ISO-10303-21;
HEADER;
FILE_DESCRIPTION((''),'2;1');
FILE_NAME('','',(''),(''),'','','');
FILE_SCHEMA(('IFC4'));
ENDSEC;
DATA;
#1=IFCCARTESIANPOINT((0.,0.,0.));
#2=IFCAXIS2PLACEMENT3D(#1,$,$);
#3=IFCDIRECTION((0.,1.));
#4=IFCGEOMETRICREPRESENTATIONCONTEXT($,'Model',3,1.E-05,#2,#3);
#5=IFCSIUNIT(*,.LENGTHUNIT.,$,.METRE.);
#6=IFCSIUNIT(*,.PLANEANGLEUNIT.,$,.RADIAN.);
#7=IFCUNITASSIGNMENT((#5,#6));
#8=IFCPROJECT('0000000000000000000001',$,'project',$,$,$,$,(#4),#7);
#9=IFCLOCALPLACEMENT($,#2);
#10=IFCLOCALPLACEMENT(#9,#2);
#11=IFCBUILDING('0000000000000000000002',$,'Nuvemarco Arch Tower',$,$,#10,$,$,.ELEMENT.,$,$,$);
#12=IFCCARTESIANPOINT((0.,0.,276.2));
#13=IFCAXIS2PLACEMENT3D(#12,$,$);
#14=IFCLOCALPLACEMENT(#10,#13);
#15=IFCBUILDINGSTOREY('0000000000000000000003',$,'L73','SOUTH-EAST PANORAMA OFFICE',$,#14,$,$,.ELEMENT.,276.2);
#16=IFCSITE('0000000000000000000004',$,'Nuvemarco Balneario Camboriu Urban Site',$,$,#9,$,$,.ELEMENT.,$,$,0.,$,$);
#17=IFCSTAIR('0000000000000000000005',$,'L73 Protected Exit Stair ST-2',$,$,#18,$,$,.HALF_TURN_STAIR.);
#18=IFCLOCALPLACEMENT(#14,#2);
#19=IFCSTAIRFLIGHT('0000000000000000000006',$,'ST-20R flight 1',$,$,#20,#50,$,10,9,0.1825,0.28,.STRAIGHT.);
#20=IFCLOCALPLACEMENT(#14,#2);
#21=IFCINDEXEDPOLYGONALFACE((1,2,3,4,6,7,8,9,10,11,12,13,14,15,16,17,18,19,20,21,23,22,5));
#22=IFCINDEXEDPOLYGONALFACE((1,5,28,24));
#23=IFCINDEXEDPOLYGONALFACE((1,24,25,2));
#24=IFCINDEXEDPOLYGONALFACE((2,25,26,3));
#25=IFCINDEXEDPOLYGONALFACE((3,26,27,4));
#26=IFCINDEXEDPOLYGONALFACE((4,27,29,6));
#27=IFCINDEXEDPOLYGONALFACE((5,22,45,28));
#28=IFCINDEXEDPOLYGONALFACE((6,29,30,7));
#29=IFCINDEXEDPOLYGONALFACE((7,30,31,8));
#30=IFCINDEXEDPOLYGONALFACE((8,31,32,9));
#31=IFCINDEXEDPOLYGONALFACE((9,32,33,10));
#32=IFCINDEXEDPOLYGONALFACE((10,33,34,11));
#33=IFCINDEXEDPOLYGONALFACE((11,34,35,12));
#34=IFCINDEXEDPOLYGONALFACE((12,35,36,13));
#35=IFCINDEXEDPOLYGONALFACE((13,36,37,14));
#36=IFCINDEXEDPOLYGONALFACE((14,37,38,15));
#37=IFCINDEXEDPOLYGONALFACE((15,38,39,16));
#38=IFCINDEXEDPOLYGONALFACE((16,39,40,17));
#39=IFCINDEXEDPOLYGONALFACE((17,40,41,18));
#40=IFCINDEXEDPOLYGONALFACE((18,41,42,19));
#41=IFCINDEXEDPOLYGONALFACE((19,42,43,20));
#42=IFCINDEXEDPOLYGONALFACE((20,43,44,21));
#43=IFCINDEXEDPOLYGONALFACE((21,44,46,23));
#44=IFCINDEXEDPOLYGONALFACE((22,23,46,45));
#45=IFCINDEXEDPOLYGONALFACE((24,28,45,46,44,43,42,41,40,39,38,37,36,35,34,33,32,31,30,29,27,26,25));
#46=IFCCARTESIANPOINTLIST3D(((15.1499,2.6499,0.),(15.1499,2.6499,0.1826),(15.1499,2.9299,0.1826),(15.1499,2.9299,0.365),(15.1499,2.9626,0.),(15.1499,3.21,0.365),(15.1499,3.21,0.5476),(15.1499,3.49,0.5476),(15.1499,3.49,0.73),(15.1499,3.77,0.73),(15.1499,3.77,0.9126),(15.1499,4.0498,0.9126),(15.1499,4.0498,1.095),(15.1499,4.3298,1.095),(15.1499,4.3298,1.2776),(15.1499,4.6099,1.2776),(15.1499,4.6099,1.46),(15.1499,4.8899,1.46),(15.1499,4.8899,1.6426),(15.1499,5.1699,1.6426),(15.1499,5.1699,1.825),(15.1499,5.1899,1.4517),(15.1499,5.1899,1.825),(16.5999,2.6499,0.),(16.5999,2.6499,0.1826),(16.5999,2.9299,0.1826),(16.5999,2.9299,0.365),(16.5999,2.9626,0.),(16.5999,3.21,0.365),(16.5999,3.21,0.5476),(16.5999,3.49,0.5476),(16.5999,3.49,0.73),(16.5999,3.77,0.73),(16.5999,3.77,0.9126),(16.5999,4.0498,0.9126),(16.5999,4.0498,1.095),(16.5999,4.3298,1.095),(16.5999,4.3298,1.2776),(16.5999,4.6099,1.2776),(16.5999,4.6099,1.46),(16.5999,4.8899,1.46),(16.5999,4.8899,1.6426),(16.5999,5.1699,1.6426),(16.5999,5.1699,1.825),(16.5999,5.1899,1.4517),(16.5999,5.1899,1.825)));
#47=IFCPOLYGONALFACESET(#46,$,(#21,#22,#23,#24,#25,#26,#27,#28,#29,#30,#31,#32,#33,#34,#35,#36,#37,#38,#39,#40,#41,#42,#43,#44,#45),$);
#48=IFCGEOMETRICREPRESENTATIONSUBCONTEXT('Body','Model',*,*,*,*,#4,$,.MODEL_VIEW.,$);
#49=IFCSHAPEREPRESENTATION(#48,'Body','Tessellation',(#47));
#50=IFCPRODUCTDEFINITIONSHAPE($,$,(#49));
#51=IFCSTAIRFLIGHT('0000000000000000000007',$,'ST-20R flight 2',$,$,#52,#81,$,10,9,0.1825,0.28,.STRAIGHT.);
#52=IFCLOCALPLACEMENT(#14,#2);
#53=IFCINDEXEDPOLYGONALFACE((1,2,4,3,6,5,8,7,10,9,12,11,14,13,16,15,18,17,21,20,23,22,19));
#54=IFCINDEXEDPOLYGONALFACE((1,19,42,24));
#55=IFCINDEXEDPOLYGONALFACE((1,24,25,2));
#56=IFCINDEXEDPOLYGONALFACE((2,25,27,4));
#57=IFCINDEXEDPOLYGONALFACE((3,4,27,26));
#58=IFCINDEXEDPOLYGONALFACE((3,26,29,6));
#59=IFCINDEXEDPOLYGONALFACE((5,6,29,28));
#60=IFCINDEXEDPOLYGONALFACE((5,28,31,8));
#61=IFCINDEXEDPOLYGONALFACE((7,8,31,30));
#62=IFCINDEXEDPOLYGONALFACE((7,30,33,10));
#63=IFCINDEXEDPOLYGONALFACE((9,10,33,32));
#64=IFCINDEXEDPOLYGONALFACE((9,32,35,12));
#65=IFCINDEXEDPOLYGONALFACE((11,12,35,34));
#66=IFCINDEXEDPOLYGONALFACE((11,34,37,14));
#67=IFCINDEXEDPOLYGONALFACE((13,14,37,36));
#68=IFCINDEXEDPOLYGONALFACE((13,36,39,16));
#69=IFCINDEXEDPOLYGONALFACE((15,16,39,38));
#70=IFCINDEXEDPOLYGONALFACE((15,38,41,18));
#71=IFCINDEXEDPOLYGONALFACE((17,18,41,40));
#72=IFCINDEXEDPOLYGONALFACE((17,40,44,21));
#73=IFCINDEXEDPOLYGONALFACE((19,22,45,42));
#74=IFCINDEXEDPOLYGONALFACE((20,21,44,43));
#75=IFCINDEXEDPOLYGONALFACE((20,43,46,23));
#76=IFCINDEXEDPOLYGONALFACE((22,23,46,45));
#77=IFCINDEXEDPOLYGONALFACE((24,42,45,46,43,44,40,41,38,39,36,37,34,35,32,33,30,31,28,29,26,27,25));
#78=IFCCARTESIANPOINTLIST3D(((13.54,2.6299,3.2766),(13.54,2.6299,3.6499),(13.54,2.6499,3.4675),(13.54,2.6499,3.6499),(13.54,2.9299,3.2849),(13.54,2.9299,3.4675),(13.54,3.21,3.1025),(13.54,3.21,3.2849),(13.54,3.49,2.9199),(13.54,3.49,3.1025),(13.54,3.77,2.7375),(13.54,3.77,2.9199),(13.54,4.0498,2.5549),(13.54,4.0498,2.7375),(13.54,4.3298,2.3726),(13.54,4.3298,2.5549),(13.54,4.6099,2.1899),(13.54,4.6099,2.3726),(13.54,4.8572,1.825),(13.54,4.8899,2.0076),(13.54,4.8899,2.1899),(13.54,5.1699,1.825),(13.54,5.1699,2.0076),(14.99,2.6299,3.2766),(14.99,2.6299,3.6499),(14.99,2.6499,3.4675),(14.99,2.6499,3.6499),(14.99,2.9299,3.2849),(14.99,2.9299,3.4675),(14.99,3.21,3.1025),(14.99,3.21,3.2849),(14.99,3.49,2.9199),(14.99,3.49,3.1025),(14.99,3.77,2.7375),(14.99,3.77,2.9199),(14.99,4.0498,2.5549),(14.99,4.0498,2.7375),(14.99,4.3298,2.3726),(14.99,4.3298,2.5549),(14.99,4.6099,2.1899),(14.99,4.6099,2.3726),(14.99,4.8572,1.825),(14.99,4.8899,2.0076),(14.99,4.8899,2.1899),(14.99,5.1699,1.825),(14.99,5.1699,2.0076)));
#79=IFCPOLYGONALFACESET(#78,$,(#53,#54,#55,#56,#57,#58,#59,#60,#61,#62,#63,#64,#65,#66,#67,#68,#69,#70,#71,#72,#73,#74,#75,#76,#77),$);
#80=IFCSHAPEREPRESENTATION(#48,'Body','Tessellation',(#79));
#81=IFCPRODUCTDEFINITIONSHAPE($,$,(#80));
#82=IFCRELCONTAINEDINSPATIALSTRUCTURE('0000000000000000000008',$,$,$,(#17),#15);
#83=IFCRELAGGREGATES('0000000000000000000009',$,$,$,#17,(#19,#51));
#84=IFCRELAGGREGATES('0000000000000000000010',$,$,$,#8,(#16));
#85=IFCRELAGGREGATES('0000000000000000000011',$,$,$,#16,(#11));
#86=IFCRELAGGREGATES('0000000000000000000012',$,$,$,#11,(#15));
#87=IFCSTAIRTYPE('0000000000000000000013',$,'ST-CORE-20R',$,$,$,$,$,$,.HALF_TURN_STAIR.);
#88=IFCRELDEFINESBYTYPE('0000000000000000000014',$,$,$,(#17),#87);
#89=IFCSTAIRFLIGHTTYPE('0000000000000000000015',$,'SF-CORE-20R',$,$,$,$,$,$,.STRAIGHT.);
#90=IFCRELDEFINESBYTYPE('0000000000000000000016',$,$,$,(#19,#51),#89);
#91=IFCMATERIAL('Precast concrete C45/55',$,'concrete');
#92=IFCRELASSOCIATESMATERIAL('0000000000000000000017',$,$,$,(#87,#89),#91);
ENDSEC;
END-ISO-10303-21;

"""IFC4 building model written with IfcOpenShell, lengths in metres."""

from ifc_helpers import new_model, si_unit, direction, frame, origin, place, context, subcontext, project, spatial, polyline, outline, extrude, material, type_object, element, aggregate, save


model = new_model("IFC4")

# Units and contexts
model_context = context("Model", 3, precision=1e-05, world=origin(), true_north=direction((0.0, 1.0)))
body_context = subcontext(model_context, "Body", "Model", "MODEL_VIEW")
ifc_project = project(units=[si_unit("LENGTHUNIT", "METRE"), si_unit("PLANEANGLEUNIT", "RADIAN")], contexts=[model_context])

# Site, building, storey
site_placement = place(None, origin())
site = spatial("IfcSite", under=ifc_project, at=site_placement, Name="Nuvemarco Balneario Camboriu Urban Site", CompositionType="ELEMENT", RefElevation=0.0)
building_placement = place(site_placement, origin())
building = spatial("IfcBuilding", under=site, at=building_placement, Name="Nuvemarco Arch Tower", CompositionType="ELEMENT")
storey_placement = place(building_placement, frame((0.0, 0.0, 276.2)))
storey = spatial("IfcBuildingStorey", under=building, at=storey_placement, Name="L73", Description="SOUTH-EAST PANORAMA OFFICE", CompositionType="ELEMENT", Elevation=276.2)

# Shared definitions
ifc_material_1 = material(Name="Precast concrete C45/55", Category="concrete")

# Stair, stair flights
stair_type = type_object("IfcStairType", Name="ST-CORE-20R", PredefinedType="HALF_TURN_STAIR", material=ifc_material_1)
stair_placement = place(storey_placement, origin())
stair = element("IfcStair", 1, at=stair_placement, inside=storey, type_object=stair_type, Name="L73 Protected Exit Stair ST-2", PredefinedType="HALF_TURN_STAIR")
stair_flight_type = type_object("IfcStairFlightType", Name="SF-CORE-20R", PredefinedType="STRAIGHT", material=ifc_material_1)
stair_flight_1_placement = place(storey_placement, frame((15.875, 2.6499, 0.0), z_axis=(0.0, 0.0, 1.0), x_axis=(0.0, 1.0, 0.0)))
stair_flight_1 = element("IfcStairFlight", 2, at=stair_flight_1_placement, type_object=stair_flight_type, Name="ST-20R flight 1", NumberOfRisers=10, NumberOfTreads=9, PredefinedType="STRAIGHT", RiserHeight=0.1825, TreadLength=0.28, context=body_context, shape_type="SweptSolid", body=[
    extrude(outline(polyline([(0.0, 0.0), (0.0, 0.1826), (0.28, 0.1826), (0.28, 0.365), (0.5601, 0.365), (0.5601, 0.5476), (0.8401, 0.5476), (0.8401, 0.73), (1.1201, 0.73), (1.1201, 0.9126), (1.3999, 0.9126), (1.3999, 1.095), (1.6799, 1.095), (1.6799, 1.2776), (1.96, 1.2776), (1.96, 1.46), (2.24, 1.46), (2.24, 1.6426), (2.52, 1.6426), (2.52, 1.825), (2.54, 1.825), (2.54, 1.4517), (0.3127, 0.0), (0.0, 0.0)])), frame((0.0, 0.7251, 0.0), z_axis=(0.0, -1.0, 0.0), x_axis=(1.0, 0.0, 0.0)), (0.0, 0.0, 1.0), 1.45),
])
stair_flight_2_placement = place(storey_placement, frame((14.2649, 5.1699, 1.825), z_axis=(0.0, 0.0, 1.0), x_axis=(0.0, -1.0, 0.0)))
stair_flight_2 = element("IfcStairFlight", 3, at=stair_flight_2_placement, type_object=stair_flight_type, Name="ST-20R flight 2", NumberOfRisers=10, NumberOfTreads=9, PredefinedType="STRAIGHT", RiserHeight=0.1825, TreadLength=0.28, context=body_context, shape_type="SweptSolid", body=[
    extrude(outline(polyline([(0.0, 0.0), (0.0, 0.1826), (0.28, 0.1826), (0.28, 0.365), (0.5601, 0.365), (0.5601, 0.5476), (0.8401, 0.5476), (0.8401, 0.73), (1.1201, 0.73), (1.1201, 0.9126), (1.3999, 0.9126), (1.3999, 1.095), (1.6799, 1.095), (1.6799, 1.2776), (1.96, 1.2776), (1.96, 1.46), (2.24, 1.46), (2.24, 1.6426), (2.52, 1.6426), (2.52, 1.825), (2.54, 1.825), (2.54, 1.4517), (0.3127, 0.0), (0.0, 0.0)])), frame((0.0, 0.7251, 0.0), z_axis=(0.0, -1.0, 0.0), x_axis=(1.0, 0.0, 0.0)), (0.0, 0.0, 1.0), 1.45),
])
aggregate(stair, [stair_flight_1, stair_flight_2])

save(model, "model.ifc")
